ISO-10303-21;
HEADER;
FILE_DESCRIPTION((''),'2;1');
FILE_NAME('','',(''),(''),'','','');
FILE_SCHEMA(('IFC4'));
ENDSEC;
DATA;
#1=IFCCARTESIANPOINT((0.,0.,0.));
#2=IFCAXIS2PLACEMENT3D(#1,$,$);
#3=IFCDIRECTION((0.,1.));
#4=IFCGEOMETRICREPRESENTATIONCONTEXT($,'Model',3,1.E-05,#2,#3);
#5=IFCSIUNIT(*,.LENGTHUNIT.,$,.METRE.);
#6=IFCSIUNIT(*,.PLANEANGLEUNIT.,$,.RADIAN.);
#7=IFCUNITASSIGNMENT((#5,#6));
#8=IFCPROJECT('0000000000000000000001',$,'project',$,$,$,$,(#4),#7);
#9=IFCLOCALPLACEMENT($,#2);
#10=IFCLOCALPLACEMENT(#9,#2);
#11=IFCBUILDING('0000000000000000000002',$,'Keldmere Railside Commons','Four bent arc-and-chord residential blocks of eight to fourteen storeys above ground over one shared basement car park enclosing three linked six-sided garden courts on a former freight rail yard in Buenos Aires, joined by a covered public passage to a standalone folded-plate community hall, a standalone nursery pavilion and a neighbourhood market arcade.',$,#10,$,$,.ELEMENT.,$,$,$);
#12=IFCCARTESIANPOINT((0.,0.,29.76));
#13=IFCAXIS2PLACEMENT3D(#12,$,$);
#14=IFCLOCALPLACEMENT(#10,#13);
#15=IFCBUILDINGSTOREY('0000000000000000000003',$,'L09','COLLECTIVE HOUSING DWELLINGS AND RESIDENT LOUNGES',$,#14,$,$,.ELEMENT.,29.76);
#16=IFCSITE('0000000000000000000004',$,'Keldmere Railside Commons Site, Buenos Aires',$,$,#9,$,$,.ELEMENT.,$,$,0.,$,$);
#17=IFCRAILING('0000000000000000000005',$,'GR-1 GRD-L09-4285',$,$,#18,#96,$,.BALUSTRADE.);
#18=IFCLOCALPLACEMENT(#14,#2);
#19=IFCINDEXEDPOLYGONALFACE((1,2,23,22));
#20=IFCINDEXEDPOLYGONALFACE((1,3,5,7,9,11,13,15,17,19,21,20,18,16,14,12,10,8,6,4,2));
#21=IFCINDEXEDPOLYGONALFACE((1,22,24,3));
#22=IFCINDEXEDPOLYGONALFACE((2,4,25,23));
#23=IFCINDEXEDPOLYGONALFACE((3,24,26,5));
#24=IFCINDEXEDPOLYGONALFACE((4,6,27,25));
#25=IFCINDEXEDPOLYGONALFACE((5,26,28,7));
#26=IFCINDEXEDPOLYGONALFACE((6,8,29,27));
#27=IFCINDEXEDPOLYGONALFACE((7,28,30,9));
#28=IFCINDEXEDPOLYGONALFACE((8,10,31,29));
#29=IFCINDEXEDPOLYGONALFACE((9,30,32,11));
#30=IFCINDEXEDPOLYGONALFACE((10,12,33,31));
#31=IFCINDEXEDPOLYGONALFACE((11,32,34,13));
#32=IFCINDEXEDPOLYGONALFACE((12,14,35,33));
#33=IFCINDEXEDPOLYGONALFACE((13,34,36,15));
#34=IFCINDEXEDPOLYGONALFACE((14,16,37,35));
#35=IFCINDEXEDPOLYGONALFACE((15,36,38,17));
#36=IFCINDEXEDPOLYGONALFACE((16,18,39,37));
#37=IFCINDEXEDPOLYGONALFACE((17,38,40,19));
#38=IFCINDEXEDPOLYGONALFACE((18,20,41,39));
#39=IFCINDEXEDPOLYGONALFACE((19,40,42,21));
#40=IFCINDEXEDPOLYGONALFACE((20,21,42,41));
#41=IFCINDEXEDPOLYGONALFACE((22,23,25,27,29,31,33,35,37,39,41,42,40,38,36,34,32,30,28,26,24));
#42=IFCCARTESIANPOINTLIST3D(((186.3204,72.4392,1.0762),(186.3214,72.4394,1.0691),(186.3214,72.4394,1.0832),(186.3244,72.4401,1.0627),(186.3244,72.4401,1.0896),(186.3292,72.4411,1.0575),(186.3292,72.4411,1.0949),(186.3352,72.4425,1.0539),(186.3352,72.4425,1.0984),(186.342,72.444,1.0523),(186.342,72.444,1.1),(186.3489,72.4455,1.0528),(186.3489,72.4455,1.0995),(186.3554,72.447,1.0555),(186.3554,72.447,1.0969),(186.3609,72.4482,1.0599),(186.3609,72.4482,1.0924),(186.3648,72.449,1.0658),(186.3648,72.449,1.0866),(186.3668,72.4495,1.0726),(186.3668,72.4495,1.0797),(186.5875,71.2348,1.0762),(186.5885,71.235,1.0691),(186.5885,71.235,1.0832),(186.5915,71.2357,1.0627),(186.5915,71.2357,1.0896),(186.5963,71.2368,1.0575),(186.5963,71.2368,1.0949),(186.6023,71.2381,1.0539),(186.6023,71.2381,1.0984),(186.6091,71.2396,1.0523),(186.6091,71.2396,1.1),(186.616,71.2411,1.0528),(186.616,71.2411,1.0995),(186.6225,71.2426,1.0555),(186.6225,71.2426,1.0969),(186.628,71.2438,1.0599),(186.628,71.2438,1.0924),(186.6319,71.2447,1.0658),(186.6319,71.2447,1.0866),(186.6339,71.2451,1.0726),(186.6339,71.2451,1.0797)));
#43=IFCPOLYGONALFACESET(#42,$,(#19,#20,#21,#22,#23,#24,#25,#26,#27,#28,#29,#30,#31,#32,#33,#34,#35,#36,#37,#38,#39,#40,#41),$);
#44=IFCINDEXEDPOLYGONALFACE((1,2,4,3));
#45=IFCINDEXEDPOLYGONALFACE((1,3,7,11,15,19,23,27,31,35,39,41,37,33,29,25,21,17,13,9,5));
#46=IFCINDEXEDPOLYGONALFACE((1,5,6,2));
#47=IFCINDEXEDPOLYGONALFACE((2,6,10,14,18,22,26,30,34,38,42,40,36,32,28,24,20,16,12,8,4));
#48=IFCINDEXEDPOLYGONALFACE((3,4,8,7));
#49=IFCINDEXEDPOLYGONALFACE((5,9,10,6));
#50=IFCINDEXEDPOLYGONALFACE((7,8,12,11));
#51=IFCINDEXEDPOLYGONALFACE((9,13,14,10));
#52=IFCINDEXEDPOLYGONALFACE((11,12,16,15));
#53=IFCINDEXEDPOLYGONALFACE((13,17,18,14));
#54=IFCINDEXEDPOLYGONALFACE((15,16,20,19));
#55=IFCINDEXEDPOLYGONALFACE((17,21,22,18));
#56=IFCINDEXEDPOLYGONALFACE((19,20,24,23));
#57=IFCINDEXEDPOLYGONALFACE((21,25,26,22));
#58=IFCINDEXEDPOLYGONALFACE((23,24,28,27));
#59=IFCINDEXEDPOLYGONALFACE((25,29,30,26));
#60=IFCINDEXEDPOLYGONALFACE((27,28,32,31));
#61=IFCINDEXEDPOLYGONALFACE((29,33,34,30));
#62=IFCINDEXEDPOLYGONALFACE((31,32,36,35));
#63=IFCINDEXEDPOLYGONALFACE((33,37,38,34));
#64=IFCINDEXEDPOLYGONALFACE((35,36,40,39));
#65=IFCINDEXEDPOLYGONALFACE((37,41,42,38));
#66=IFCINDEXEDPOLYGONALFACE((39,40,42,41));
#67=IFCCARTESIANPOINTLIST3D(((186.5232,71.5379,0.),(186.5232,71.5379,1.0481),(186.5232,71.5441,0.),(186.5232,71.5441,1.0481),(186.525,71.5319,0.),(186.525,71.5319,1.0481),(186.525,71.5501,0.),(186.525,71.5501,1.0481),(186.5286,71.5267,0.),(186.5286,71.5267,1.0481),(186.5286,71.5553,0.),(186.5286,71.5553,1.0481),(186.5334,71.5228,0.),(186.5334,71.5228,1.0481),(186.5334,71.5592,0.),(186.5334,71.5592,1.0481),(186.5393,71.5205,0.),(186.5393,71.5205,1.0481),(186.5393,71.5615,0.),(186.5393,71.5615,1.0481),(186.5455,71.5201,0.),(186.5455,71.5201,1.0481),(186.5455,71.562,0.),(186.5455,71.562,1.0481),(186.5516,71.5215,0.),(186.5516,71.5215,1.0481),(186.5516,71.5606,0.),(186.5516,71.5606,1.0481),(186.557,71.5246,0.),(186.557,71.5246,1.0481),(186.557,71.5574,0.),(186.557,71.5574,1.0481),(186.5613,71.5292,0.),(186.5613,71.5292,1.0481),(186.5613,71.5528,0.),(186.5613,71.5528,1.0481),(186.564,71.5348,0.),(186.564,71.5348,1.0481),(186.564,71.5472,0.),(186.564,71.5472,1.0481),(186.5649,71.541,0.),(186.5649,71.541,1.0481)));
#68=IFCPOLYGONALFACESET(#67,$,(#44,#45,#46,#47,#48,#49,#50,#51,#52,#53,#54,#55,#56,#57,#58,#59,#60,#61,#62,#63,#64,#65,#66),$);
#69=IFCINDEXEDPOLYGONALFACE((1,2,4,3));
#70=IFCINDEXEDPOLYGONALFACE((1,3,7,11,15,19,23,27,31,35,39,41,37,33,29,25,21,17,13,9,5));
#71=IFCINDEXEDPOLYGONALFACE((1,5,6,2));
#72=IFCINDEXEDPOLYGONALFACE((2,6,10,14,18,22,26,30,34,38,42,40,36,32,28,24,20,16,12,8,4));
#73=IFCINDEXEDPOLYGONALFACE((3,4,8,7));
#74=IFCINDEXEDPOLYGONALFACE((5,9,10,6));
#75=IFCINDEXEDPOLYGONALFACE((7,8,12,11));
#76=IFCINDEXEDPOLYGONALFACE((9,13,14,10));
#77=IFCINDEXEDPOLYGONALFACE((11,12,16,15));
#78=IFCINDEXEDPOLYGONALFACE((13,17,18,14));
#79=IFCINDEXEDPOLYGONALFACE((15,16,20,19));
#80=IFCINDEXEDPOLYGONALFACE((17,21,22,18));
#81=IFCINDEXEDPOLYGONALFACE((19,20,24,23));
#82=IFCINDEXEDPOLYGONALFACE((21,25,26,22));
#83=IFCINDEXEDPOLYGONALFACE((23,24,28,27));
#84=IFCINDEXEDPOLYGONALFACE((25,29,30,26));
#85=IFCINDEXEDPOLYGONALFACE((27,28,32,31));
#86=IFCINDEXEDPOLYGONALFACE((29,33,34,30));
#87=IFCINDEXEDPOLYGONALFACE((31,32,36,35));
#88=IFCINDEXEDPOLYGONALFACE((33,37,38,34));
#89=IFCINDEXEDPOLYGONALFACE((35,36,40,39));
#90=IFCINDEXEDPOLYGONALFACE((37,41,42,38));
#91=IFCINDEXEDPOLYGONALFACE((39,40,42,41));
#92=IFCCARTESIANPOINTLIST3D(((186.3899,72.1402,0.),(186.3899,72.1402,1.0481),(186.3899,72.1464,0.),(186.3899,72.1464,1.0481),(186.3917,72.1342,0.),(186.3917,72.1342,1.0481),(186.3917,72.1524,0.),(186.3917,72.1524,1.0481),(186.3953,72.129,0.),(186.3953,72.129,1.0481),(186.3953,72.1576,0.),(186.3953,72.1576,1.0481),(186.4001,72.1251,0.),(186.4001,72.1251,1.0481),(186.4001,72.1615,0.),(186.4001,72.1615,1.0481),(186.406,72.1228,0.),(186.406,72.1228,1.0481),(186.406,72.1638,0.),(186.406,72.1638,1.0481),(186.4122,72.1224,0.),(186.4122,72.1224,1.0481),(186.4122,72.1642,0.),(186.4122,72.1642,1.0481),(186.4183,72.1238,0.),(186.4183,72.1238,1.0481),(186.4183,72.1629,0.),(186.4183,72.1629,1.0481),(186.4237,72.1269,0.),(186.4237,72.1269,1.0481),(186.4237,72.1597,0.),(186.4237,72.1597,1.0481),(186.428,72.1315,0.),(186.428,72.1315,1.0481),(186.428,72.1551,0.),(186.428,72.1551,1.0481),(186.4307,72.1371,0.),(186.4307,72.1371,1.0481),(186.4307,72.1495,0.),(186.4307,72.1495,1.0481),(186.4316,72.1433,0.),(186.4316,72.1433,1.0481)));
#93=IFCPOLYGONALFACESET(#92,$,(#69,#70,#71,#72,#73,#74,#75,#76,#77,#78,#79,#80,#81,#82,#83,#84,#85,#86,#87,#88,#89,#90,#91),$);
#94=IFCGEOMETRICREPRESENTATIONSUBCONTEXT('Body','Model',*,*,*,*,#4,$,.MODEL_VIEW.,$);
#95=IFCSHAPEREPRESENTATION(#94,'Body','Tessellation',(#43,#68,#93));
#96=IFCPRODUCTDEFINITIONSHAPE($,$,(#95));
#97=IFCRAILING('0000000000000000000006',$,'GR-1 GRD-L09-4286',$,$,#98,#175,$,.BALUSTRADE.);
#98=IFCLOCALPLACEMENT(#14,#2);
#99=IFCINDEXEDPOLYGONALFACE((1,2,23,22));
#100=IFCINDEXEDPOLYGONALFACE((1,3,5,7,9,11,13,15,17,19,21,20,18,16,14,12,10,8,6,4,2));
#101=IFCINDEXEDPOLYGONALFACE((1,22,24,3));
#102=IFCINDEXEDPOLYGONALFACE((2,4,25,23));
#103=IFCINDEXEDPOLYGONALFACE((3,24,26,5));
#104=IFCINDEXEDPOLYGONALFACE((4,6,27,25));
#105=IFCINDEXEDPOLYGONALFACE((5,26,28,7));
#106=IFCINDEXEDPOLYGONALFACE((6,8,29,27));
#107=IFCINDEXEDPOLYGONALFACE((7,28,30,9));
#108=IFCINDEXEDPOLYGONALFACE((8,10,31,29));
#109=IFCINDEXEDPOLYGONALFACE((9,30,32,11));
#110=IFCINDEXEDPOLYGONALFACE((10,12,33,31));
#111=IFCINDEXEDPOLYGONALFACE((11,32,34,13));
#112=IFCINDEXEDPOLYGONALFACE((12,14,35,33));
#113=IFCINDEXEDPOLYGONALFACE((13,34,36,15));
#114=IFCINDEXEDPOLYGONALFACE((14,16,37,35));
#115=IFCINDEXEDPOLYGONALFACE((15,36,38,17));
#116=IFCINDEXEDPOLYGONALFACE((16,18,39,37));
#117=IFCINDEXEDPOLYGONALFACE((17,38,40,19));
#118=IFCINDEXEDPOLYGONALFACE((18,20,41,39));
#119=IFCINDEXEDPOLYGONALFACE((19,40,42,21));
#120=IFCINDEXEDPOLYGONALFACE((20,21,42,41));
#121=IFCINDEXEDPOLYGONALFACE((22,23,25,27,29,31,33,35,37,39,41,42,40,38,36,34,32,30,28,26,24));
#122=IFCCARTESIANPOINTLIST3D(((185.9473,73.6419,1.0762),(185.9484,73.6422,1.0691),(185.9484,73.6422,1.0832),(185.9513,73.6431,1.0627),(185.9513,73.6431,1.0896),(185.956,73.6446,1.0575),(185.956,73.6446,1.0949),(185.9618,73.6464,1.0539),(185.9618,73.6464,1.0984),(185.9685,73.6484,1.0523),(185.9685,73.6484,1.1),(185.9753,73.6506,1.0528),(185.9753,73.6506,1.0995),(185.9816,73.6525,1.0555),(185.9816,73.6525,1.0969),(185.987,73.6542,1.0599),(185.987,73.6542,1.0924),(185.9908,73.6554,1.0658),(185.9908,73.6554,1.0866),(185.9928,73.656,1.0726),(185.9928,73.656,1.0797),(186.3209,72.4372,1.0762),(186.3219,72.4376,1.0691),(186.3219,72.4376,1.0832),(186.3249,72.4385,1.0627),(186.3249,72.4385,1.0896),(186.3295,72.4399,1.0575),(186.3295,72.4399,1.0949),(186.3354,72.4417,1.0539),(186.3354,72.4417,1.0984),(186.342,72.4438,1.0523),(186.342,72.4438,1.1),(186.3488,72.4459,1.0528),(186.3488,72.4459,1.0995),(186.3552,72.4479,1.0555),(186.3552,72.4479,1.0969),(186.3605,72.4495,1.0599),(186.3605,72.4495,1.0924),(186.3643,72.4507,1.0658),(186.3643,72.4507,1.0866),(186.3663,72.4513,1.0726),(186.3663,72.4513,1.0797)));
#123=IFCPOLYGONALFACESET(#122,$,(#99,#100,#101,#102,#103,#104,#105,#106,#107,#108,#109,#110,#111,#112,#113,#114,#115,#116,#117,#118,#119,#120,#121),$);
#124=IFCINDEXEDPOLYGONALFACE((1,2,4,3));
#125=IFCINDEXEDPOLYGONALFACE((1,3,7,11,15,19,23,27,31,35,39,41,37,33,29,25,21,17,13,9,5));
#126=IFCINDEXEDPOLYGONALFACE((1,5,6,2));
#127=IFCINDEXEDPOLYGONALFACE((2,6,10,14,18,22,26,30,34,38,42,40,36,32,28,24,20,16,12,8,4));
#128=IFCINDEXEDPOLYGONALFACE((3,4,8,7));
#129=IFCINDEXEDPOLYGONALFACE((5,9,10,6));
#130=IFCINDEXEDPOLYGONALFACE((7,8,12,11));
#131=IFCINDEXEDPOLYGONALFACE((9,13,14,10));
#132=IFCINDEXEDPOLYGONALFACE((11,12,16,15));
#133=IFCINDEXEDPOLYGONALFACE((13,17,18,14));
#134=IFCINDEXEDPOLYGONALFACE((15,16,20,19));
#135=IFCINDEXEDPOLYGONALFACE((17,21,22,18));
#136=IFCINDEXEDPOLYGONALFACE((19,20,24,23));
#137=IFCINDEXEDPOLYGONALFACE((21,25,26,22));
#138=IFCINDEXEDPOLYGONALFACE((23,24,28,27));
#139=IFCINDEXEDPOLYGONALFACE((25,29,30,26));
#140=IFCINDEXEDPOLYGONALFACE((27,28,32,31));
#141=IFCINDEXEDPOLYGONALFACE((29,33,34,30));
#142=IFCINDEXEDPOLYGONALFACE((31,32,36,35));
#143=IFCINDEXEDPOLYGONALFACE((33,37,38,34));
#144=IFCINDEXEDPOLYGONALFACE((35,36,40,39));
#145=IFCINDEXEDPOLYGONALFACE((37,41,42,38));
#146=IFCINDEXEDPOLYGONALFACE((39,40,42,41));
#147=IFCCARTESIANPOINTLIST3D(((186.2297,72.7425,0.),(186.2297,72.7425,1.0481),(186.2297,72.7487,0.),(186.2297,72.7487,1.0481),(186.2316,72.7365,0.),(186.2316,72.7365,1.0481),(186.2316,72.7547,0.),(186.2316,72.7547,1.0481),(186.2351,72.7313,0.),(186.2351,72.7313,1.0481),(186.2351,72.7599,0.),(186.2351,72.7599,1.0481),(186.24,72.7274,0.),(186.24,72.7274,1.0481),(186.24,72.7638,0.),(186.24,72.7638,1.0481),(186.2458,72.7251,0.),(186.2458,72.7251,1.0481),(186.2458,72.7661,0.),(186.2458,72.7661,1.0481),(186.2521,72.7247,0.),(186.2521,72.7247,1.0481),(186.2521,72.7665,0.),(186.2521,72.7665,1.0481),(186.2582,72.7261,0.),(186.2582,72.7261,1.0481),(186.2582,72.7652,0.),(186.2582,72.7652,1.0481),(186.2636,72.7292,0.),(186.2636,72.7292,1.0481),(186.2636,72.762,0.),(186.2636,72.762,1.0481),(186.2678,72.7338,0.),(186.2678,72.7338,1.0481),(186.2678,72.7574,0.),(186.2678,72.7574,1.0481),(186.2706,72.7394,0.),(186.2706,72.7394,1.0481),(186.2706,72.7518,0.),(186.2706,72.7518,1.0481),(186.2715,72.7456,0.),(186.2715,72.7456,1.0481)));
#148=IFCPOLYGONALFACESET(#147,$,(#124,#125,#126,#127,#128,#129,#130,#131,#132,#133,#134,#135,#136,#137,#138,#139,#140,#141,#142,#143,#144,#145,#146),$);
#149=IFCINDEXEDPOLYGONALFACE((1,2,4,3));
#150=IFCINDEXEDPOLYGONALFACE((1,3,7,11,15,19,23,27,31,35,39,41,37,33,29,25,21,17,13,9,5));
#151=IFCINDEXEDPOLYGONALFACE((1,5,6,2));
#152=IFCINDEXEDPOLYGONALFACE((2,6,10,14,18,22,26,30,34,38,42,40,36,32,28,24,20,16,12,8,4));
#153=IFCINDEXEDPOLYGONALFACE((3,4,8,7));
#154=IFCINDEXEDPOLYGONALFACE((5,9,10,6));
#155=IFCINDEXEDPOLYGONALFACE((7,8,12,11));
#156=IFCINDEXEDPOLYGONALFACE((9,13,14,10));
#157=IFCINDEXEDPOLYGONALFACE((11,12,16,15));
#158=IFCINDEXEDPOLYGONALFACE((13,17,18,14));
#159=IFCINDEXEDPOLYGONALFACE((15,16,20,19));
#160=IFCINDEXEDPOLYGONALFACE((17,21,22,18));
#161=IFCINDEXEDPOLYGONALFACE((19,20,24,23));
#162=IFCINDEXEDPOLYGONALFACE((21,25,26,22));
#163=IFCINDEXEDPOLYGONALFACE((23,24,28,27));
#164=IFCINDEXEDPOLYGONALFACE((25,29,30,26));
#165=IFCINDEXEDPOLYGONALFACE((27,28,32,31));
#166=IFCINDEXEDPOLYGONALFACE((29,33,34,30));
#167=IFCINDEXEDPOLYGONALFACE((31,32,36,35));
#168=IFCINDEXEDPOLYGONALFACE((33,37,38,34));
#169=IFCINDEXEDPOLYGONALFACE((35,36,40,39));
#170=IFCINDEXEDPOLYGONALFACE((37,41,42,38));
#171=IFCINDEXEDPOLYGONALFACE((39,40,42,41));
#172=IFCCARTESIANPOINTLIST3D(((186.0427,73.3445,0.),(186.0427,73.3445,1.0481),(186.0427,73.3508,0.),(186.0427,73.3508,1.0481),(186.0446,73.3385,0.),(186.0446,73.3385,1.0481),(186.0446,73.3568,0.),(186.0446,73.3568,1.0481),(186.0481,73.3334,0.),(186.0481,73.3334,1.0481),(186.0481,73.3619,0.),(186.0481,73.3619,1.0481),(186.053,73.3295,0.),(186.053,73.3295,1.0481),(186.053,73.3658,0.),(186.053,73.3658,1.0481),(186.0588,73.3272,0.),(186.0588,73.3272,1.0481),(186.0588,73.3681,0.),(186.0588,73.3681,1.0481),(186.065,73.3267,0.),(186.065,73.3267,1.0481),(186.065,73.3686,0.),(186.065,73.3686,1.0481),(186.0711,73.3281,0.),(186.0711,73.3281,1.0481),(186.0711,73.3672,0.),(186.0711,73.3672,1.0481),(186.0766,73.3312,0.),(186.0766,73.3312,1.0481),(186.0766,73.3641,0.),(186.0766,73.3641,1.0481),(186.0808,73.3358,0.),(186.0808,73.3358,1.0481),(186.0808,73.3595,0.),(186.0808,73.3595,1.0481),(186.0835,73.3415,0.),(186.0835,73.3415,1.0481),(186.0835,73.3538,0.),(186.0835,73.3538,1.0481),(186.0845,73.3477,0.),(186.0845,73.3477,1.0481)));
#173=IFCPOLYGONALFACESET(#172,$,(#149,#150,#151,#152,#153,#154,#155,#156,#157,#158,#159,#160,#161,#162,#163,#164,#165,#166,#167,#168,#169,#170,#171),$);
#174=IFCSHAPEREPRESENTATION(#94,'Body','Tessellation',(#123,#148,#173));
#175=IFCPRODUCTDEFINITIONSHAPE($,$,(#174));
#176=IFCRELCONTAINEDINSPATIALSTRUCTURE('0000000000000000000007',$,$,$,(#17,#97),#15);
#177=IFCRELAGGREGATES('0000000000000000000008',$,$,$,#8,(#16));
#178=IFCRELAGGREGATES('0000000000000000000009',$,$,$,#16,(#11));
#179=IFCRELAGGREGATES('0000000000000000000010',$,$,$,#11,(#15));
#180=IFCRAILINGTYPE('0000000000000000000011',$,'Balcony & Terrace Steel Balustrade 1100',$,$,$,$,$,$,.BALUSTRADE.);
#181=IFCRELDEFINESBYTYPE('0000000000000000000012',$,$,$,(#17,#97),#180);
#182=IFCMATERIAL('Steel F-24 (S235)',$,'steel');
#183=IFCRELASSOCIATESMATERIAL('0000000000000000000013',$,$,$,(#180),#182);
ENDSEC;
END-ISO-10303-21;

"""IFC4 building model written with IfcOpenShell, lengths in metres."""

from ifc_helpers import new_model, si_unit, direction, frame, origin, origin_2d, place, context, subcontext, project, spatial, circle, extrude, material, type_object, element, save


model = new_model("IFC4")

# Units and contexts
model_context = context("Model", 3, precision=1e-05, world=origin(), true_north=direction((0.0, 1.0)))
body_context = subcontext(model_context, "Body", "Model", "MODEL_VIEW")
ifc_project = project(units=[si_unit("LENGTHUNIT", "METRE"), si_unit("PLANEANGLEUNIT", "RADIAN")], contexts=[model_context])

# Site, building, storey
site_placement = place(None, origin())
site = spatial("IfcSite", under=ifc_project, at=site_placement, Name="Keldmere Railside Commons Site, Buenos Aires", CompositionType="ELEMENT", RefElevation=0.0)
building_placement = place(site_placement, origin())
building = spatial("IfcBuilding", under=site, at=building_placement, Name="Keldmere Railside Commons", Description="Four bent arc-and-chord residential blocks of eight to fourteen storeys above ground over one shared basement car park enclosing three linked six-sided garden courts on a former freight rail yard in Buenos Aires, joined by a covered public passage to a standalone folded-plate community hall, a standalone nursery pavilion and a neighbourhood market arcade.", CompositionType="ELEMENT")
storey_placement = place(building_placement, frame((0.0, 0.0, 29.76)))
storey = spatial("IfcBuildingStorey", under=building, at=storey_placement, Name="L09", Description="COLLECTIVE HOUSING DWELLINGS AND RESIDENT LOUNGES", CompositionType="ELEMENT", Elevation=29.76)

# Shared definitions
ifc_material_1 = material(Name="Steel F-24 (S235)", Category="steel")

# Railings
railing_type_1 = type_object("IfcRailingType", Name="Balcony & Terrace Steel Balustrade 1100", PredefinedType="BALUSTRADE", material=ifc_material_1)
railing_1_placement = place(storey_placement, frame((186.6108, 71.24, 0.0)))
element("IfcRailing", 1, at=railing_1_placement, inside=storey, type_object=railing_type_1, Name="GR-1 GRD-L09-4285", PredefinedType="BALUSTRADE", context=body_context, shape_type="SweptSolid", body=[
    extrude(circle(Radius=0.0239, at=origin_2d()), frame((0.0, 0.0, 1.0762), z_axis=(-0.216511, 0.97628, 0.0), x_axis=(-0.97628, -0.216511, 0.0)), (0.0, 0.0, 1.0), 1.2336),
    extrude(circle(Radius=0.021, at=origin_2d()), frame((-0.0669, 0.301, 0.0)), (0.0, 0.0, 1.0), 1.0481),
    extrude(circle(Radius=0.021, at=origin_2d()), frame((-0.2002, 0.9033, 0.0)), (0.0, 0.0, 1.0), 1.0481),
])
railing_2_placement = place(storey_placement, frame((186.3438, 72.4443, 0.0)))
element("IfcRailing", 2, at=railing_2_placement, inside=storey, type_object=railing_type_1, Name="GR-1 GRD-L09-4286", PredefinedType="BALUSTRADE", context=body_context, shape_type="SweptSolid", body=[
    extrude(circle(Radius=0.0239, at=origin_2d()), frame((0.0, 0.0, 1.0762), z_axis=(-0.29618, 0.955132, 0.0), x_axis=(-0.955132, -0.29618, 0.0)), (0.0, 0.0, 1.0), 1.2612),
    extrude(circle(Radius=0.021, at=origin_2d()), frame((-0.0933, 0.3013, 0.0)), (0.0, 0.0, 1.0), 1.0481),
    extrude(circle(Radius=0.021, at=origin_2d()), frame((-0.2803, 0.9033, 0.0)), (0.0, 0.0, 1.0), 1.0481),
])

save(model, "model.ifc")
